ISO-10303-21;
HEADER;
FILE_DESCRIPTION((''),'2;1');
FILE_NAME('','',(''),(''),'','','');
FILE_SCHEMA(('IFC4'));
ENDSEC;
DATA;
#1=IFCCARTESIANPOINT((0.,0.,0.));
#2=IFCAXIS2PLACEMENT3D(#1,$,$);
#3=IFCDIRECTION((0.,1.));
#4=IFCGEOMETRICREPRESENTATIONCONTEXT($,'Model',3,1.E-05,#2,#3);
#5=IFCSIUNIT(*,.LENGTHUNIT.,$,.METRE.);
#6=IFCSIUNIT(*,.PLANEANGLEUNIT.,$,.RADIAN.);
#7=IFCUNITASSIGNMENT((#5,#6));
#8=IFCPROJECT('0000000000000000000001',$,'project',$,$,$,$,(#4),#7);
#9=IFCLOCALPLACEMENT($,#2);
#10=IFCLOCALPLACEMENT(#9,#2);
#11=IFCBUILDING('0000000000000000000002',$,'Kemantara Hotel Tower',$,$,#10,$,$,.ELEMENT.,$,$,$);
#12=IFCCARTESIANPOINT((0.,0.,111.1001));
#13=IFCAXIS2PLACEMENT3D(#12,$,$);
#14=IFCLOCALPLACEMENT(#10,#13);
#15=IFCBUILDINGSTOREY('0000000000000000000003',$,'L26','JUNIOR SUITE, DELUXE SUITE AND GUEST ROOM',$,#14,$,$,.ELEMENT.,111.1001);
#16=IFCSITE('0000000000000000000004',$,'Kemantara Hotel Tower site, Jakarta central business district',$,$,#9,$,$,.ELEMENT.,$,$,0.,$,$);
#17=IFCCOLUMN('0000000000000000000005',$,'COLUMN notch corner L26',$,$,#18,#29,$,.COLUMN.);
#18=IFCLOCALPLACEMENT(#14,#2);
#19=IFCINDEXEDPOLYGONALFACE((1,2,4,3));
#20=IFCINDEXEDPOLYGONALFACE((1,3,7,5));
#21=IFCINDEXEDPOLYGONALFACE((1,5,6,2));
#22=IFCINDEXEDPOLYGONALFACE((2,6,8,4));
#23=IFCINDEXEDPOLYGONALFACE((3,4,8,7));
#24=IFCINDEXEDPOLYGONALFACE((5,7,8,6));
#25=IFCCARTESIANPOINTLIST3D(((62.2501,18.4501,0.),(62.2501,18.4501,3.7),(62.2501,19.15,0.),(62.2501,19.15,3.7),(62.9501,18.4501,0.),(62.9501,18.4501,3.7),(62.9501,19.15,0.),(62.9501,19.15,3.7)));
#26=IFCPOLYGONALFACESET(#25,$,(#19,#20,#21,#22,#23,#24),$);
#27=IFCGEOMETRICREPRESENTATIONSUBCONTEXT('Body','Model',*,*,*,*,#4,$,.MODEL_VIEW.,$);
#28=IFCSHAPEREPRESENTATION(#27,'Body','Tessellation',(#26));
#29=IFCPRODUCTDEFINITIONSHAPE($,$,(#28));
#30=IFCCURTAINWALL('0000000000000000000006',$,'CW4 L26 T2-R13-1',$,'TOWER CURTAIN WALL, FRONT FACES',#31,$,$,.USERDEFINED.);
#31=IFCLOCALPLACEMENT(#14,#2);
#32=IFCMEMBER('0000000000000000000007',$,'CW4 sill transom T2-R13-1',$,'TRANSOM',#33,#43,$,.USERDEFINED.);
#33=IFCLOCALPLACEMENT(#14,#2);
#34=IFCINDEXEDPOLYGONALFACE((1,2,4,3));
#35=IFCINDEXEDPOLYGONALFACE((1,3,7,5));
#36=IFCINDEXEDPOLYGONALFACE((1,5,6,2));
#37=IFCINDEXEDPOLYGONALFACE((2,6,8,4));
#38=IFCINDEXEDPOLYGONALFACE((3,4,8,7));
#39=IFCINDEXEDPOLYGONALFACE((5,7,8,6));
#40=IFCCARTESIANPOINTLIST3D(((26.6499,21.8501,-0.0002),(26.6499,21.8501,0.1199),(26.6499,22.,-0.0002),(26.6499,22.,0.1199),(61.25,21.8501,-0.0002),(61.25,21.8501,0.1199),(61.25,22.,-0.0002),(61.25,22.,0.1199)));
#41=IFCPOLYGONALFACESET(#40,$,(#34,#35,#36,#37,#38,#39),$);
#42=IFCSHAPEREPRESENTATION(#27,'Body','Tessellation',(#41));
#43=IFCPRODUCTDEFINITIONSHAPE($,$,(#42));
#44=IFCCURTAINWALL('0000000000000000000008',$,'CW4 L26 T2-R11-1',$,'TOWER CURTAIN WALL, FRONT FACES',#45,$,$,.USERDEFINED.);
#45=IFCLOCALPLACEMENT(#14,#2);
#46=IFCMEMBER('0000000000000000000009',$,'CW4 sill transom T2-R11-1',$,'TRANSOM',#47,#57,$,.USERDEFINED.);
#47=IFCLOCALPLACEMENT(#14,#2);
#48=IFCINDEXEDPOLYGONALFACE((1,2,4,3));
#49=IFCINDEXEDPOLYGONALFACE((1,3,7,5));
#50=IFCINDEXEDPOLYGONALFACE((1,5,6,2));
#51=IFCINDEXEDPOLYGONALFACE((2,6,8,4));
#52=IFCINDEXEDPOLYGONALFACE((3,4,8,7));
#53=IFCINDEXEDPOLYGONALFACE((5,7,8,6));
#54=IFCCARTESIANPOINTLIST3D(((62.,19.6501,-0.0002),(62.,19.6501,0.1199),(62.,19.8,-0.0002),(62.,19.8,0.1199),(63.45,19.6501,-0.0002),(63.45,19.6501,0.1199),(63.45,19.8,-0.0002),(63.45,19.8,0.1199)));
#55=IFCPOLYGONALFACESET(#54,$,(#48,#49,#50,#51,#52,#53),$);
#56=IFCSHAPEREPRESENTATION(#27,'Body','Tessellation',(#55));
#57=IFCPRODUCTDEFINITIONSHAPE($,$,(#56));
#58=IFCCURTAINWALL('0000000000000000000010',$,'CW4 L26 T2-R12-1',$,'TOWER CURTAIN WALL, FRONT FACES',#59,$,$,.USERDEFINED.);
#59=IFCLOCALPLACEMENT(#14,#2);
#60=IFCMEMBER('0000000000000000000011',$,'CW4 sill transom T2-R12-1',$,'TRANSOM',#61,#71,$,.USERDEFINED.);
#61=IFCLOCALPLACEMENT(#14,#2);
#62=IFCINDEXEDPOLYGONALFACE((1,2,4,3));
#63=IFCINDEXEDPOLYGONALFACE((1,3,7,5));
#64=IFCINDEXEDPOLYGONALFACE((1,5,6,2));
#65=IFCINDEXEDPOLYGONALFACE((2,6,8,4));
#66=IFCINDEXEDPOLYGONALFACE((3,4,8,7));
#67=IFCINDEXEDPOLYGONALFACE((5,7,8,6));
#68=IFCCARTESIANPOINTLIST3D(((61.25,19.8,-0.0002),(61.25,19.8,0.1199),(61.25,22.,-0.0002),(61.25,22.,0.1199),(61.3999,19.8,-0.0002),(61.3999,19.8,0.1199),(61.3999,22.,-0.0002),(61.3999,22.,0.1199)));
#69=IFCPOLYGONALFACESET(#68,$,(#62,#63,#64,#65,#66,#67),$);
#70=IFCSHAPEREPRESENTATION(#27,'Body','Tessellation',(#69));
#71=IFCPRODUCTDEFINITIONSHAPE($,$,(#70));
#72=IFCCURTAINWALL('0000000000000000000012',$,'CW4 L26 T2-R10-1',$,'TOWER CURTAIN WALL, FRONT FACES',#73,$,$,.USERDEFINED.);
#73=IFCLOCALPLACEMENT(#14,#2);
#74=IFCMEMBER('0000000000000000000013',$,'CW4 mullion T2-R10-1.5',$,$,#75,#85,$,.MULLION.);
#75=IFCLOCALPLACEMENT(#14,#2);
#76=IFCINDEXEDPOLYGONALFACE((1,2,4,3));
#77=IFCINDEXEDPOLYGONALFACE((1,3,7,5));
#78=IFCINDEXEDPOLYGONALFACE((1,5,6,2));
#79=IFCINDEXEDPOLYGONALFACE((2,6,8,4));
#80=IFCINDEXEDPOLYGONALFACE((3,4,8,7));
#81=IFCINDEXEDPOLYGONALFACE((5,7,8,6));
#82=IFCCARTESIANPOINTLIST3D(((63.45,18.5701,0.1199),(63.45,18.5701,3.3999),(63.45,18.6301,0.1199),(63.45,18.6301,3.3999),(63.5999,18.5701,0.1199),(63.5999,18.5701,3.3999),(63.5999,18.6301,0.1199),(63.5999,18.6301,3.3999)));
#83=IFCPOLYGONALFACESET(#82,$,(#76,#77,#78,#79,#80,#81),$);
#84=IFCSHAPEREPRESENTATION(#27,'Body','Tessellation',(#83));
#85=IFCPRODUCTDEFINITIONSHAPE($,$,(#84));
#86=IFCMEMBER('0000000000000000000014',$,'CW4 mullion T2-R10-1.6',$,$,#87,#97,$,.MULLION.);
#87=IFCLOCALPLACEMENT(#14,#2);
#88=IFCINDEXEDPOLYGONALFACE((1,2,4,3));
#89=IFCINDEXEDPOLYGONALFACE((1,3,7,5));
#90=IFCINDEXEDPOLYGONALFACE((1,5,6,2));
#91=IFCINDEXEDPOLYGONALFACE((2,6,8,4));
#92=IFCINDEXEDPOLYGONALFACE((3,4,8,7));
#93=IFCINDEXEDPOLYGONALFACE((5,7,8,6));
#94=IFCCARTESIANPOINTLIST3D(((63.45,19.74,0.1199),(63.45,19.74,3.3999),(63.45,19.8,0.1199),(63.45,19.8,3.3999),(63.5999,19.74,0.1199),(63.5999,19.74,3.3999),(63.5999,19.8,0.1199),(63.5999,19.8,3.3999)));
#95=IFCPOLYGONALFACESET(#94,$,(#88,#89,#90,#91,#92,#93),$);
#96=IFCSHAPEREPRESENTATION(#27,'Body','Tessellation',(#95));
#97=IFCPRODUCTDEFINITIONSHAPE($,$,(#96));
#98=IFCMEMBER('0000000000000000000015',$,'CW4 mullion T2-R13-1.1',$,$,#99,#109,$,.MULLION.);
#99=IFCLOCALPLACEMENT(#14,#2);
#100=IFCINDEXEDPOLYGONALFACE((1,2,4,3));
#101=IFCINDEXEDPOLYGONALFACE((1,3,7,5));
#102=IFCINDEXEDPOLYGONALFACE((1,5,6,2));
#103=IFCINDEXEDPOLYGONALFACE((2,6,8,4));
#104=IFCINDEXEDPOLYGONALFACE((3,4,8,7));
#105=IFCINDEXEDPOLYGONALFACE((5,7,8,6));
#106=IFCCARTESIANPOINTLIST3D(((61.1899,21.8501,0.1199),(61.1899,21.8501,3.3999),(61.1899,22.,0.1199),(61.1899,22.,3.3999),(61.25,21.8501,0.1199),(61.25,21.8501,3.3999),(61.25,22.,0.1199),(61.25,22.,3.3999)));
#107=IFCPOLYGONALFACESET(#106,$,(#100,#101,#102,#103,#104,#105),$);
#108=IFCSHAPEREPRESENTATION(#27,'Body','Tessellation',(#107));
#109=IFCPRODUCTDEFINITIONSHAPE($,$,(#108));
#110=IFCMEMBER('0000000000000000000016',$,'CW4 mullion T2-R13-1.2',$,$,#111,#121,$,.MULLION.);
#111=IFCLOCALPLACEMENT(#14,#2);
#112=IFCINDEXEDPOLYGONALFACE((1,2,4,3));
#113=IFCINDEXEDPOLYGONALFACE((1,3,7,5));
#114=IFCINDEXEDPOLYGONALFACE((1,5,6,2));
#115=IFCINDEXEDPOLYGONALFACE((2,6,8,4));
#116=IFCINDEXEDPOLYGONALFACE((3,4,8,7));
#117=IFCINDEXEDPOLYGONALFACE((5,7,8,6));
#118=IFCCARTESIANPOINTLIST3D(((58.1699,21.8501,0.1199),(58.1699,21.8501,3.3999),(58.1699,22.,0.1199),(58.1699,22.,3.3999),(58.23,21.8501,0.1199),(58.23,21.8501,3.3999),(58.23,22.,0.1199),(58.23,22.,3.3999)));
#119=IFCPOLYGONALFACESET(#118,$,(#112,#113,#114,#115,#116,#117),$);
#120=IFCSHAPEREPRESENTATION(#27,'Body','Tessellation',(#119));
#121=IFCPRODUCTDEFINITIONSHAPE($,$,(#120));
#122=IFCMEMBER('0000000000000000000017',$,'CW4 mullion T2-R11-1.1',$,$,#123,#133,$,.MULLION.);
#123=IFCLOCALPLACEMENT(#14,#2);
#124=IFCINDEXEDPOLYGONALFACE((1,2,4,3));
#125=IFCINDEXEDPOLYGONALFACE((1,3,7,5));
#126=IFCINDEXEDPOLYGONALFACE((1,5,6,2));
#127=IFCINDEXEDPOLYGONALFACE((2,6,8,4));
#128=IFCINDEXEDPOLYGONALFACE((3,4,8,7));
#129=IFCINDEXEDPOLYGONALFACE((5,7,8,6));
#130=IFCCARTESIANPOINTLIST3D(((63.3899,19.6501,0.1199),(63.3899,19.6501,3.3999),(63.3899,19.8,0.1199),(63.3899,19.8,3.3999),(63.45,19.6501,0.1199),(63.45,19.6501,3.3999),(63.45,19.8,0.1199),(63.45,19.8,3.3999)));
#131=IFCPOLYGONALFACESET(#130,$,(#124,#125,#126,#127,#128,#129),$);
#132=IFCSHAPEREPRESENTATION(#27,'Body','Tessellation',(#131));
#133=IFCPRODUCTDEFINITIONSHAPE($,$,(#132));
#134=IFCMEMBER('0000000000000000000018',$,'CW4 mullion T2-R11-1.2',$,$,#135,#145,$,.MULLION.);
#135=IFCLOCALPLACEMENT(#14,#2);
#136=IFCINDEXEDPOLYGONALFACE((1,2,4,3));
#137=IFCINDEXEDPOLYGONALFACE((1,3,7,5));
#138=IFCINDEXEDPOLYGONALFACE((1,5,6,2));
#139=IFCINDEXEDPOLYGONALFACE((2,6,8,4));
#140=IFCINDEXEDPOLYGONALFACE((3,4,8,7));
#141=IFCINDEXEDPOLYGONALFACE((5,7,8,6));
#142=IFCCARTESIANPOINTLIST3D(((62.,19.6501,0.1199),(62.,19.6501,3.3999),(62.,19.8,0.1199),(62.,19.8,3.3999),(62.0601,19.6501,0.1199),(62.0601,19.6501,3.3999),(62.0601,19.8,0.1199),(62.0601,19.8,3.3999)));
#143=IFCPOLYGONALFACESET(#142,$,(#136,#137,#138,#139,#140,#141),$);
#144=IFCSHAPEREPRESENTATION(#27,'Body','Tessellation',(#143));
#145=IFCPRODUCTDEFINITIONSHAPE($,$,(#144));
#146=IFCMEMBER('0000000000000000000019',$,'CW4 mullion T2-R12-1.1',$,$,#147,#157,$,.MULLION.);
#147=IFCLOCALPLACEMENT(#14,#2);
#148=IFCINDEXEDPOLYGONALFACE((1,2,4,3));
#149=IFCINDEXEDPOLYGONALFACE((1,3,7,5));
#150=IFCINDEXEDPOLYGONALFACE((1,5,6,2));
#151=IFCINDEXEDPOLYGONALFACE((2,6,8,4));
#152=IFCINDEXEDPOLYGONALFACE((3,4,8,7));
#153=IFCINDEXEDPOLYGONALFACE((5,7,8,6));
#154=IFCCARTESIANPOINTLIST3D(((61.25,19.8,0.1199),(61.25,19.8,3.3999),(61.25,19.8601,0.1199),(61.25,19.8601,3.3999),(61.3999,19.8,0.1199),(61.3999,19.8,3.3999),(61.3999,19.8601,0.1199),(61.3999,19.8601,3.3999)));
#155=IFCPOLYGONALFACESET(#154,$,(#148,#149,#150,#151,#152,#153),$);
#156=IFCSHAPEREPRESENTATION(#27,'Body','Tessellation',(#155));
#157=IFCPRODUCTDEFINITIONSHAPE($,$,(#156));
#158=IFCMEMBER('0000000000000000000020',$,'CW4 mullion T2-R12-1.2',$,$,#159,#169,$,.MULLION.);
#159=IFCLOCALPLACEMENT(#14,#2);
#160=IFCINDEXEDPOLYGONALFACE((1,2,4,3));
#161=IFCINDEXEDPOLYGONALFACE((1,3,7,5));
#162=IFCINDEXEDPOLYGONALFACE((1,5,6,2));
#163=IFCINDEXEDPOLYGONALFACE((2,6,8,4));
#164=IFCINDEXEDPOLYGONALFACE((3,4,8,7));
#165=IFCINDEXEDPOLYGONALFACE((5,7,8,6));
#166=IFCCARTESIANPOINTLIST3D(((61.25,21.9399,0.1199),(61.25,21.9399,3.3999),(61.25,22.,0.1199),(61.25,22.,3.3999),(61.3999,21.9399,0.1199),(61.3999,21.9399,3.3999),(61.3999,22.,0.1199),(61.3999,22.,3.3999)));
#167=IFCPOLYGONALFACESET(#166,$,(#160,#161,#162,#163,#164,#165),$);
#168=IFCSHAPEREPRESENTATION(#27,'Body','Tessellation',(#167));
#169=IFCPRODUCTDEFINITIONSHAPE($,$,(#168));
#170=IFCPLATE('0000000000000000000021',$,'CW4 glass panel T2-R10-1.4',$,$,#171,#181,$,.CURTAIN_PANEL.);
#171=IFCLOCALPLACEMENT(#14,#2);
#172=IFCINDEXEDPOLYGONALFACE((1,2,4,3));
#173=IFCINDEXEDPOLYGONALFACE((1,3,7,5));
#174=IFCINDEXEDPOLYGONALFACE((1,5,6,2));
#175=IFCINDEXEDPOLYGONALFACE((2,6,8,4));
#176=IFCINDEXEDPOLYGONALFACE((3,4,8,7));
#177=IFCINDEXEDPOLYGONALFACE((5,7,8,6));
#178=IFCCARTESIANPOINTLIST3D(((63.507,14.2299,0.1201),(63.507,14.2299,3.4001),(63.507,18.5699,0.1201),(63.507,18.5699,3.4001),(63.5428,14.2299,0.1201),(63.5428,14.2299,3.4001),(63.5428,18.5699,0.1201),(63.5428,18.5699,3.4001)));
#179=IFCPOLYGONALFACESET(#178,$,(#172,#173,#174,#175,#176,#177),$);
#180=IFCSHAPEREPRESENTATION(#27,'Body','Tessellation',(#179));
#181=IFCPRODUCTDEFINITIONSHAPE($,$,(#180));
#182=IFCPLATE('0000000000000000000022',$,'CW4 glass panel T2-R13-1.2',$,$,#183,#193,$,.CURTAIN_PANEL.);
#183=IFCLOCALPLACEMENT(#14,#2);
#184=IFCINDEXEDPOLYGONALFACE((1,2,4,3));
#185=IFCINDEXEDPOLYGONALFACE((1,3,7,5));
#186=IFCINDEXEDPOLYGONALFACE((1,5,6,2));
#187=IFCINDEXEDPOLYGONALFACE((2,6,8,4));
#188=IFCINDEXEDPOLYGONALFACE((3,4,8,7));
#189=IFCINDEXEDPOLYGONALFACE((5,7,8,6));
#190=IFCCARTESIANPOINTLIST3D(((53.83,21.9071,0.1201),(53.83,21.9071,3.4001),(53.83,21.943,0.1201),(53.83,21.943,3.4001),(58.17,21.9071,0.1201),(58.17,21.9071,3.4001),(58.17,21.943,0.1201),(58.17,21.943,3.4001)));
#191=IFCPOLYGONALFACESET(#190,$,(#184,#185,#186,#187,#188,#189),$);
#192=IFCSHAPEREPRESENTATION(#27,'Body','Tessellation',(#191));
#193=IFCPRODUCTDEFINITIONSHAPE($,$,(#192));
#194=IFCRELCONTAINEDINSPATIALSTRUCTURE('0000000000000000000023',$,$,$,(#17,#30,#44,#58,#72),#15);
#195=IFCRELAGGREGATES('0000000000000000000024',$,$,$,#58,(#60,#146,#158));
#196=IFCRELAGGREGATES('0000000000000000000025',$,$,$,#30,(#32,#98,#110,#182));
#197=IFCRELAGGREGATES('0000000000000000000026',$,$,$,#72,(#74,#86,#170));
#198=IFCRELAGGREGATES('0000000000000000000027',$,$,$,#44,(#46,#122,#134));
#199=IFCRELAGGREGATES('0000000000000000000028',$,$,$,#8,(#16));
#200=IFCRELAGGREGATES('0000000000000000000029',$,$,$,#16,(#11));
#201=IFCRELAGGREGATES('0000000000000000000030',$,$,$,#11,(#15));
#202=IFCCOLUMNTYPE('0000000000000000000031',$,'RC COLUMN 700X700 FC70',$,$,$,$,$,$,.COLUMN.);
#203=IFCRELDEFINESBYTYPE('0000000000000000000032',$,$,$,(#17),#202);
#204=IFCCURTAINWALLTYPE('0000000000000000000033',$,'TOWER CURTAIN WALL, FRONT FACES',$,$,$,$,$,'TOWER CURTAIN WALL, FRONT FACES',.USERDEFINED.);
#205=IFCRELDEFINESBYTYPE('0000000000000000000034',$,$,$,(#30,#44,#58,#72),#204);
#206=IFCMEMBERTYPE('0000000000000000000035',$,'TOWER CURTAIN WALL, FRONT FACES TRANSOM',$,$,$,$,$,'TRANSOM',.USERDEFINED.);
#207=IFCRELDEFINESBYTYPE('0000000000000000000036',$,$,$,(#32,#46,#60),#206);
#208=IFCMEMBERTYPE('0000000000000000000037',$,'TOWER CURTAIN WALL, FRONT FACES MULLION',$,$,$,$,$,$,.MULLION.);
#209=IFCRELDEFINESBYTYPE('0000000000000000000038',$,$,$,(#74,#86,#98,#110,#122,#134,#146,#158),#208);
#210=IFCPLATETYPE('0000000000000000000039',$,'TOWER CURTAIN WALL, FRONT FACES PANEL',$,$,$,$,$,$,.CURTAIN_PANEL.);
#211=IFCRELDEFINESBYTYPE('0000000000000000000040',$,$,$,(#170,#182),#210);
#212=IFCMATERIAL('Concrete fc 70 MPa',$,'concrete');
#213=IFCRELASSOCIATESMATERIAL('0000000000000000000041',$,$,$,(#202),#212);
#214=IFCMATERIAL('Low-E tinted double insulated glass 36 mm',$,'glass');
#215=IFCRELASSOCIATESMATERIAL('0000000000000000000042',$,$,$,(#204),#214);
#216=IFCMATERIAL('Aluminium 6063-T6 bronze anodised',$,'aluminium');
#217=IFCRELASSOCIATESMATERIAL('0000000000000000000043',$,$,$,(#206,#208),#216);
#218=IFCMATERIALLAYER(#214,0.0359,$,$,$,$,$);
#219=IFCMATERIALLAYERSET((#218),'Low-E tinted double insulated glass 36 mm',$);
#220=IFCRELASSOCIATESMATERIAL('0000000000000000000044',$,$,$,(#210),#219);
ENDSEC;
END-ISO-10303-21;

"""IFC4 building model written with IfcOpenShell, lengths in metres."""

from ifc_helpers import new_model, si_unit, direction, frame, origin, origin_2d, place, context, subcontext, project, spatial, rectangle, extrude, source, transform, mapped, material, layer, layer_set, material_profile, profile_set, type_object, element, aggregate, save


model = new_model("IFC4")

# Units and contexts
model_context = context("Model", 3, precision=1e-05, world=origin(), true_north=direction((0.0, 1.0)))
body_context = subcontext(model_context, "Body", "Model", "MODEL_VIEW")
ifc_project = project(units=[si_unit("LENGTHUNIT", "METRE"), si_unit("PLANEANGLEUNIT", "RADIAN")], contexts=[model_context])

# Site, building, storey
site_placement = place(None, origin())
site = spatial("IfcSite", under=ifc_project, at=site_placement, Name="Kemantara Hotel Tower site, Jakarta central business district", CompositionType="ELEMENT", RefElevation=0.0)
building_placement = place(site_placement, origin())
building = spatial("IfcBuilding", under=site, at=building_placement, Name="Kemantara Hotel Tower", CompositionType="ELEMENT")
storey_placement = place(building_placement, frame((0.0, 0.0, 111.1001)))
storey = spatial("IfcBuildingStorey", under=building, at=storey_placement, Name="L26", Description="JUNIOR SUITE, DELUXE SUITE AND GUEST ROOM", CompositionType="ELEMENT", Elevation=111.1001)

# Column
ifc_material_1 = material(Name="Concrete fc 70 MPa", Category="concrete")
ifc_material_profile_1 = material_profile(ifc_material_1, rectangle(XDim=0.7, YDim=0.7, at=origin_2d()), Name="RC 700X700")
ifc_profile_set_1 = profile_set([ifc_material_profile_1], Name="Concrete fc 70 MPa")
column_type = type_object("IfcColumnType", Name="RC COLUMN 700X700 FC70", PredefinedType="COLUMN", material=ifc_profile_set_1)
column_placement = place(storey_placement, frame((62.6001, 18.8, 0.0), z_axis=(0.0, 0.0, 1.0), x_axis=(1.0, 0.0, 0.0)))
element("IfcColumn", 1, at=column_placement, inside=storey, type_object=column_type, Name="COLUMN notch corner L26", PredefinedType="COLUMN", context=body_context, shape_type="SweptSolid", body=[
    extrude(rectangle(XDim=0.7, YDim=0.7, at=origin_2d()), origin(), (0.0, 0.0, 1.0), 3.7),
])

# Curtain walls, members
ifc_material_2 = material(Name="Low-E tinted double insulated glass 36 mm", Category="glass")
curtain_wall_type = type_object("IfcCurtainWallType", Name="TOWER CURTAIN WALL, FRONT FACES", ElementType="TOWER CURTAIN WALL, FRONT FACES", PredefinedType="USERDEFINED", material=ifc_material_2)
curtain_wall_1_placement = place(storey_placement, origin())
curtain_wall_1 = element("IfcCurtainWall", 2, at=curtain_wall_1_placement, inside=storey, type_object=curtain_wall_type, Name="CW4 L26 T2-R13-1", ObjectType="TOWER CURTAIN WALL, FRONT FACES", PredefinedType="USERDEFINED")
ifc_material_3 = material(Name="Aluminium 6063-T6 bronze anodised", Category="aluminium")
ifc_material_profile_2 = material_profile(ifc_material_3, rectangle(XDim=0.1499, YDim=0.1201, at=origin_2d()), Name="TOWER CURTAIN WALL, FRONT FACES TRANSOM")
ifc_profile_set_2 = profile_set([ifc_material_profile_2], Name="Aluminium 6063-T6 bronze anodised")
member_type_1 = type_object("IfcMemberType", Name="TOWER CURTAIN WALL, FRONT FACES TRANSOM", ElementType="TRANSOM", PredefinedType="USERDEFINED", material=ifc_profile_set_2)
member_1_placement = place(storey_placement, frame((61.25, 21.925, 0.0598), z_axis=(-1.0, 0.0, 0.0), x_axis=(0.0, -1.0, 0.0)))
member_1 = element("IfcMember", 3, at=member_1_placement, type_object=member_type_1, Name="CW4 sill transom T2-R13-1", ObjectType="TRANSOM", PredefinedType="USERDEFINED", context=body_context, shape_type="SweptSolid", body=[
    extrude(rectangle(XDim=0.1499, YDim=0.1201, at=origin_2d()), origin(), (0.0, 0.0, 1.0), 34.6001),
])
curtain_wall_2_placement = place(storey_placement, origin())
curtain_wall_2 = element("IfcCurtainWall", 4, at=curtain_wall_2_placement, inside=storey, type_object=curtain_wall_type, Name="CW4 L26 T2-R11-1", ObjectType="TOWER CURTAIN WALL, FRONT FACES", PredefinedType="USERDEFINED")
member_2_placement = place(storey_placement, frame((63.45, 19.7251, 0.0598), z_axis=(-1.0, 0.0, 0.0), x_axis=(0.0, -1.0, 0.0)))
member_2 = element("IfcMember", 5, at=member_2_placement, type_object=member_type_1, Name="CW4 sill transom T2-R11-1", ObjectType="TRANSOM", PredefinedType="USERDEFINED", context=body_context, shape_type="SweptSolid", body=[
    extrude(rectangle(XDim=0.1499, YDim=0.1201, at=origin_2d()), origin(), (0.0, 0.0, 1.0), 1.45),
])
curtain_wall_3_placement = place(storey_placement, origin())
curtain_wall_3 = element("IfcCurtainWall", 6, at=curtain_wall_3_placement, inside=storey, type_object=curtain_wall_type, Name="CW4 L26 T2-R12-1", ObjectType="TOWER CURTAIN WALL, FRONT FACES", PredefinedType="USERDEFINED")
member_3_placement = place(storey_placement, frame((61.325, 19.8, 0.0598), z_axis=(0.0, 1.0, 0.0), x_axis=(-1.0, 0.0, 0.0)))
member_3 = element("IfcMember", 7, at=member_3_placement, type_object=member_type_1, Name="CW4 sill transom T2-R12-1", ObjectType="TRANSOM", PredefinedType="USERDEFINED", context=body_context, shape_type="SweptSolid", body=[
    extrude(rectangle(XDim=0.1499, YDim=0.1201, at=origin_2d()), origin(), (0.0, 0.0, 1.0), 2.2),
])

# Curtain wall, members
curtain_wall_4_placement = place(storey_placement, origin())
curtain_wall_4 = element("IfcCurtainWall", 8, at=curtain_wall_4_placement, inside=storey, type_object=curtain_wall_type, Name="CW4 L26 T2-R10-1", ObjectType="TOWER CURTAIN WALL, FRONT FACES", PredefinedType="USERDEFINED")
ifc_material_profile_3 = material_profile(ifc_material_3, rectangle(XDim=0.1499, YDim=0.0601, at=origin_2d()), Name="TOWER CURTAIN WALL, FRONT FACES MULLION")
ifc_profile_set_3 = profile_set([ifc_material_profile_3], Name="Aluminium 6063-T6 bronze anodised")
member_type_2 = type_object("IfcMemberType", Name="TOWER CURTAIN WALL, FRONT FACES MULLION", PredefinedType="MULLION", material=ifc_profile_set_3)
shared_shape_1 = source(origin(), body_context, "Body", "SweptSolid", [
    extrude(rectangle(XDim=0.1499, YDim=0.0601, at=origin_2d()), origin(), (0.0, 0.0, 1.0), 3.28),
])
member_4_placement = place(storey_placement, frame((63.5249, 18.6001, 0.1199), z_axis=(0.0, 0.0, 1.0), x_axis=(-1.0, 0.0, 0.0)))
member_4 = element("IfcMember", 9, at=member_4_placement, type_object=member_type_2, Name="CW4 mullion T2-R10-1.5", PredefinedType="MULLION", context=body_context, shape_type="MappedRepresentation", body=[
    mapped(shared_shape_1, transform((0.0, 0.0, 0.0))),
])
member_5_placement = place(storey_placement, frame((63.5249, 19.77, 0.1199), z_axis=(0.0, 0.0, 1.0), x_axis=(-1.0, 0.0, 0.0)))
member_5 = element("IfcMember", 10, at=member_5_placement, type_object=member_type_2, Name="CW4 mullion T2-R10-1.6", PredefinedType="MULLION", context=body_context, shape_type="MappedRepresentation", body=[
    mapped(shared_shape_1, transform((0.0, 0.0, 0.0))),
])

# Members
member_6_placement = place(storey_placement, frame((61.22, 21.925, 0.1199), z_axis=(0.0, 0.0, 1.0), x_axis=(0.0, -1.0, 0.0)))
member_6 = element("IfcMember", 11, at=member_6_placement, type_object=member_type_2, Name="CW4 mullion T2-R13-1.1", PredefinedType="MULLION", context=body_context, shape_type="MappedRepresentation", body=[
    mapped(shared_shape_1, transform((0.0, 0.0, 0.0))),
])
member_7_placement = place(storey_placement, frame((58.2, 21.925, 0.1199), z_axis=(0.0, 0.0, 1.0), x_axis=(0.0, -1.0, 0.0)))
member_7 = element("IfcMember", 12, at=member_7_placement, type_object=member_type_2, Name="CW4 mullion T2-R13-1.2", PredefinedType="MULLION", context=body_context, shape_type="MappedRepresentation", body=[
    mapped(shared_shape_1, transform((0.0, 0.0, 0.0))),
])
member_8_placement = place(storey_placement, frame((63.4199, 19.7251, 0.1199), z_axis=(0.0, 0.0, 1.0), x_axis=(0.0, -1.0, 0.0)))
member_8 = element("IfcMember", 13, at=member_8_placement, type_object=member_type_2, Name="CW4 mullion T2-R11-1.1", PredefinedType="MULLION", context=body_context, shape_type="MappedRepresentation", body=[
    mapped(shared_shape_1, transform((0.0, 0.0, 0.0))),
])
member_9_placement = place(storey_placement, frame((62.03, 19.7251, 0.1199), z_axis=(0.0, 0.0, 1.0), x_axis=(0.0, -1.0, 0.0)))
member_9 = element("IfcMember", 14, at=member_9_placement, type_object=member_type_2, Name="CW4 mullion T2-R11-1.2", PredefinedType="MULLION", context=body_context, shape_type="MappedRepresentation", body=[
    mapped(shared_shape_1, transform((0.0, 0.0, 0.0))),
])
member_10_placement = place(storey_placement, frame((61.325, 19.8301, 0.1199), z_axis=(0.0, 0.0, 1.0), x_axis=(-1.0, 0.0, 0.0)))
member_10 = element("IfcMember", 15, at=member_10_placement, type_object=member_type_2, Name="CW4 mullion T2-R12-1.1", PredefinedType="MULLION", context=body_context, shape_type="MappedRepresentation", body=[
    mapped(shared_shape_1, transform((0.0, 0.0, 0.0))),
])
member_11_placement = place(storey_placement, frame((61.325, 21.97, 0.1199), z_axis=(0.0, 0.0, 1.0), x_axis=(-1.0, 0.0, 0.0)))
member_11 = element("IfcMember", 16, at=member_11_placement, type_object=member_type_2, Name="CW4 mullion T2-R12-1.2", PredefinedType="MULLION", context=body_context, shape_type="MappedRepresentation", body=[
    mapped(shared_shape_1, transform((0.0, 0.0, 0.0))),
])

# Plates
ifc_layer_1 = layer(ifc_material_2, 0.0359)
ifc_layer_set_1 = layer_set([ifc_layer_1], Name="Low-E tinted double insulated glass 36 mm")
plate_type = type_object("IfcPlateType", Name="TOWER CURTAIN WALL, FRONT FACES PANEL", PredefinedType="CURTAIN_PANEL", material=ifc_layer_set_1)
shared_shape_2 = source(origin(), body_context, "Body", "SweptSolid", [
    extrude(rectangle(XDim=4.3401, YDim=0.0359, at=origin_2d()), origin(), (0.0, 0.0, 1.0), 3.28),
])
plate_1_placement = place(storey_placement, frame((63.5249, 16.3999, 0.1201), z_axis=(0.0, 0.0, 1.0), x_axis=(0.0, 1.0, 0.0)))
plate_1 = element("IfcPlate", 17, at=plate_1_placement, type_object=plate_type, Name="CW4 glass panel T2-R10-1.4", PredefinedType="CURTAIN_PANEL", context=body_context, shape_type="MappedRepresentation", body=[
    mapped(shared_shape_2, transform((0.0, 0.0, 0.0))),
])
plate_2_placement = place(storey_placement, frame((56.0, 21.925, 0.1201), z_axis=(0.0, 0.0, 1.0), x_axis=(-1.0, 0.0, 0.0)))
plate_2 = element("IfcPlate", 18, at=plate_2_placement, type_object=plate_type, Name="CW4 glass panel T2-R13-1.2", PredefinedType="CURTAIN_PANEL", context=body_context, shape_type="MappedRepresentation", body=[
    mapped(shared_shape_2, transform((0.0, 0.0, 0.0))),
])
aggregate(curtain_wall_3, [member_3, member_10, member_11])
aggregate(curtain_wall_1, [member_1, member_6, member_7, plate_2])
aggregate(curtain_wall_4, [member_4, member_5, plate_1])
aggregate(curtain_wall_2, [member_2, member_8, member_9])

save(model, "model.ifc")
